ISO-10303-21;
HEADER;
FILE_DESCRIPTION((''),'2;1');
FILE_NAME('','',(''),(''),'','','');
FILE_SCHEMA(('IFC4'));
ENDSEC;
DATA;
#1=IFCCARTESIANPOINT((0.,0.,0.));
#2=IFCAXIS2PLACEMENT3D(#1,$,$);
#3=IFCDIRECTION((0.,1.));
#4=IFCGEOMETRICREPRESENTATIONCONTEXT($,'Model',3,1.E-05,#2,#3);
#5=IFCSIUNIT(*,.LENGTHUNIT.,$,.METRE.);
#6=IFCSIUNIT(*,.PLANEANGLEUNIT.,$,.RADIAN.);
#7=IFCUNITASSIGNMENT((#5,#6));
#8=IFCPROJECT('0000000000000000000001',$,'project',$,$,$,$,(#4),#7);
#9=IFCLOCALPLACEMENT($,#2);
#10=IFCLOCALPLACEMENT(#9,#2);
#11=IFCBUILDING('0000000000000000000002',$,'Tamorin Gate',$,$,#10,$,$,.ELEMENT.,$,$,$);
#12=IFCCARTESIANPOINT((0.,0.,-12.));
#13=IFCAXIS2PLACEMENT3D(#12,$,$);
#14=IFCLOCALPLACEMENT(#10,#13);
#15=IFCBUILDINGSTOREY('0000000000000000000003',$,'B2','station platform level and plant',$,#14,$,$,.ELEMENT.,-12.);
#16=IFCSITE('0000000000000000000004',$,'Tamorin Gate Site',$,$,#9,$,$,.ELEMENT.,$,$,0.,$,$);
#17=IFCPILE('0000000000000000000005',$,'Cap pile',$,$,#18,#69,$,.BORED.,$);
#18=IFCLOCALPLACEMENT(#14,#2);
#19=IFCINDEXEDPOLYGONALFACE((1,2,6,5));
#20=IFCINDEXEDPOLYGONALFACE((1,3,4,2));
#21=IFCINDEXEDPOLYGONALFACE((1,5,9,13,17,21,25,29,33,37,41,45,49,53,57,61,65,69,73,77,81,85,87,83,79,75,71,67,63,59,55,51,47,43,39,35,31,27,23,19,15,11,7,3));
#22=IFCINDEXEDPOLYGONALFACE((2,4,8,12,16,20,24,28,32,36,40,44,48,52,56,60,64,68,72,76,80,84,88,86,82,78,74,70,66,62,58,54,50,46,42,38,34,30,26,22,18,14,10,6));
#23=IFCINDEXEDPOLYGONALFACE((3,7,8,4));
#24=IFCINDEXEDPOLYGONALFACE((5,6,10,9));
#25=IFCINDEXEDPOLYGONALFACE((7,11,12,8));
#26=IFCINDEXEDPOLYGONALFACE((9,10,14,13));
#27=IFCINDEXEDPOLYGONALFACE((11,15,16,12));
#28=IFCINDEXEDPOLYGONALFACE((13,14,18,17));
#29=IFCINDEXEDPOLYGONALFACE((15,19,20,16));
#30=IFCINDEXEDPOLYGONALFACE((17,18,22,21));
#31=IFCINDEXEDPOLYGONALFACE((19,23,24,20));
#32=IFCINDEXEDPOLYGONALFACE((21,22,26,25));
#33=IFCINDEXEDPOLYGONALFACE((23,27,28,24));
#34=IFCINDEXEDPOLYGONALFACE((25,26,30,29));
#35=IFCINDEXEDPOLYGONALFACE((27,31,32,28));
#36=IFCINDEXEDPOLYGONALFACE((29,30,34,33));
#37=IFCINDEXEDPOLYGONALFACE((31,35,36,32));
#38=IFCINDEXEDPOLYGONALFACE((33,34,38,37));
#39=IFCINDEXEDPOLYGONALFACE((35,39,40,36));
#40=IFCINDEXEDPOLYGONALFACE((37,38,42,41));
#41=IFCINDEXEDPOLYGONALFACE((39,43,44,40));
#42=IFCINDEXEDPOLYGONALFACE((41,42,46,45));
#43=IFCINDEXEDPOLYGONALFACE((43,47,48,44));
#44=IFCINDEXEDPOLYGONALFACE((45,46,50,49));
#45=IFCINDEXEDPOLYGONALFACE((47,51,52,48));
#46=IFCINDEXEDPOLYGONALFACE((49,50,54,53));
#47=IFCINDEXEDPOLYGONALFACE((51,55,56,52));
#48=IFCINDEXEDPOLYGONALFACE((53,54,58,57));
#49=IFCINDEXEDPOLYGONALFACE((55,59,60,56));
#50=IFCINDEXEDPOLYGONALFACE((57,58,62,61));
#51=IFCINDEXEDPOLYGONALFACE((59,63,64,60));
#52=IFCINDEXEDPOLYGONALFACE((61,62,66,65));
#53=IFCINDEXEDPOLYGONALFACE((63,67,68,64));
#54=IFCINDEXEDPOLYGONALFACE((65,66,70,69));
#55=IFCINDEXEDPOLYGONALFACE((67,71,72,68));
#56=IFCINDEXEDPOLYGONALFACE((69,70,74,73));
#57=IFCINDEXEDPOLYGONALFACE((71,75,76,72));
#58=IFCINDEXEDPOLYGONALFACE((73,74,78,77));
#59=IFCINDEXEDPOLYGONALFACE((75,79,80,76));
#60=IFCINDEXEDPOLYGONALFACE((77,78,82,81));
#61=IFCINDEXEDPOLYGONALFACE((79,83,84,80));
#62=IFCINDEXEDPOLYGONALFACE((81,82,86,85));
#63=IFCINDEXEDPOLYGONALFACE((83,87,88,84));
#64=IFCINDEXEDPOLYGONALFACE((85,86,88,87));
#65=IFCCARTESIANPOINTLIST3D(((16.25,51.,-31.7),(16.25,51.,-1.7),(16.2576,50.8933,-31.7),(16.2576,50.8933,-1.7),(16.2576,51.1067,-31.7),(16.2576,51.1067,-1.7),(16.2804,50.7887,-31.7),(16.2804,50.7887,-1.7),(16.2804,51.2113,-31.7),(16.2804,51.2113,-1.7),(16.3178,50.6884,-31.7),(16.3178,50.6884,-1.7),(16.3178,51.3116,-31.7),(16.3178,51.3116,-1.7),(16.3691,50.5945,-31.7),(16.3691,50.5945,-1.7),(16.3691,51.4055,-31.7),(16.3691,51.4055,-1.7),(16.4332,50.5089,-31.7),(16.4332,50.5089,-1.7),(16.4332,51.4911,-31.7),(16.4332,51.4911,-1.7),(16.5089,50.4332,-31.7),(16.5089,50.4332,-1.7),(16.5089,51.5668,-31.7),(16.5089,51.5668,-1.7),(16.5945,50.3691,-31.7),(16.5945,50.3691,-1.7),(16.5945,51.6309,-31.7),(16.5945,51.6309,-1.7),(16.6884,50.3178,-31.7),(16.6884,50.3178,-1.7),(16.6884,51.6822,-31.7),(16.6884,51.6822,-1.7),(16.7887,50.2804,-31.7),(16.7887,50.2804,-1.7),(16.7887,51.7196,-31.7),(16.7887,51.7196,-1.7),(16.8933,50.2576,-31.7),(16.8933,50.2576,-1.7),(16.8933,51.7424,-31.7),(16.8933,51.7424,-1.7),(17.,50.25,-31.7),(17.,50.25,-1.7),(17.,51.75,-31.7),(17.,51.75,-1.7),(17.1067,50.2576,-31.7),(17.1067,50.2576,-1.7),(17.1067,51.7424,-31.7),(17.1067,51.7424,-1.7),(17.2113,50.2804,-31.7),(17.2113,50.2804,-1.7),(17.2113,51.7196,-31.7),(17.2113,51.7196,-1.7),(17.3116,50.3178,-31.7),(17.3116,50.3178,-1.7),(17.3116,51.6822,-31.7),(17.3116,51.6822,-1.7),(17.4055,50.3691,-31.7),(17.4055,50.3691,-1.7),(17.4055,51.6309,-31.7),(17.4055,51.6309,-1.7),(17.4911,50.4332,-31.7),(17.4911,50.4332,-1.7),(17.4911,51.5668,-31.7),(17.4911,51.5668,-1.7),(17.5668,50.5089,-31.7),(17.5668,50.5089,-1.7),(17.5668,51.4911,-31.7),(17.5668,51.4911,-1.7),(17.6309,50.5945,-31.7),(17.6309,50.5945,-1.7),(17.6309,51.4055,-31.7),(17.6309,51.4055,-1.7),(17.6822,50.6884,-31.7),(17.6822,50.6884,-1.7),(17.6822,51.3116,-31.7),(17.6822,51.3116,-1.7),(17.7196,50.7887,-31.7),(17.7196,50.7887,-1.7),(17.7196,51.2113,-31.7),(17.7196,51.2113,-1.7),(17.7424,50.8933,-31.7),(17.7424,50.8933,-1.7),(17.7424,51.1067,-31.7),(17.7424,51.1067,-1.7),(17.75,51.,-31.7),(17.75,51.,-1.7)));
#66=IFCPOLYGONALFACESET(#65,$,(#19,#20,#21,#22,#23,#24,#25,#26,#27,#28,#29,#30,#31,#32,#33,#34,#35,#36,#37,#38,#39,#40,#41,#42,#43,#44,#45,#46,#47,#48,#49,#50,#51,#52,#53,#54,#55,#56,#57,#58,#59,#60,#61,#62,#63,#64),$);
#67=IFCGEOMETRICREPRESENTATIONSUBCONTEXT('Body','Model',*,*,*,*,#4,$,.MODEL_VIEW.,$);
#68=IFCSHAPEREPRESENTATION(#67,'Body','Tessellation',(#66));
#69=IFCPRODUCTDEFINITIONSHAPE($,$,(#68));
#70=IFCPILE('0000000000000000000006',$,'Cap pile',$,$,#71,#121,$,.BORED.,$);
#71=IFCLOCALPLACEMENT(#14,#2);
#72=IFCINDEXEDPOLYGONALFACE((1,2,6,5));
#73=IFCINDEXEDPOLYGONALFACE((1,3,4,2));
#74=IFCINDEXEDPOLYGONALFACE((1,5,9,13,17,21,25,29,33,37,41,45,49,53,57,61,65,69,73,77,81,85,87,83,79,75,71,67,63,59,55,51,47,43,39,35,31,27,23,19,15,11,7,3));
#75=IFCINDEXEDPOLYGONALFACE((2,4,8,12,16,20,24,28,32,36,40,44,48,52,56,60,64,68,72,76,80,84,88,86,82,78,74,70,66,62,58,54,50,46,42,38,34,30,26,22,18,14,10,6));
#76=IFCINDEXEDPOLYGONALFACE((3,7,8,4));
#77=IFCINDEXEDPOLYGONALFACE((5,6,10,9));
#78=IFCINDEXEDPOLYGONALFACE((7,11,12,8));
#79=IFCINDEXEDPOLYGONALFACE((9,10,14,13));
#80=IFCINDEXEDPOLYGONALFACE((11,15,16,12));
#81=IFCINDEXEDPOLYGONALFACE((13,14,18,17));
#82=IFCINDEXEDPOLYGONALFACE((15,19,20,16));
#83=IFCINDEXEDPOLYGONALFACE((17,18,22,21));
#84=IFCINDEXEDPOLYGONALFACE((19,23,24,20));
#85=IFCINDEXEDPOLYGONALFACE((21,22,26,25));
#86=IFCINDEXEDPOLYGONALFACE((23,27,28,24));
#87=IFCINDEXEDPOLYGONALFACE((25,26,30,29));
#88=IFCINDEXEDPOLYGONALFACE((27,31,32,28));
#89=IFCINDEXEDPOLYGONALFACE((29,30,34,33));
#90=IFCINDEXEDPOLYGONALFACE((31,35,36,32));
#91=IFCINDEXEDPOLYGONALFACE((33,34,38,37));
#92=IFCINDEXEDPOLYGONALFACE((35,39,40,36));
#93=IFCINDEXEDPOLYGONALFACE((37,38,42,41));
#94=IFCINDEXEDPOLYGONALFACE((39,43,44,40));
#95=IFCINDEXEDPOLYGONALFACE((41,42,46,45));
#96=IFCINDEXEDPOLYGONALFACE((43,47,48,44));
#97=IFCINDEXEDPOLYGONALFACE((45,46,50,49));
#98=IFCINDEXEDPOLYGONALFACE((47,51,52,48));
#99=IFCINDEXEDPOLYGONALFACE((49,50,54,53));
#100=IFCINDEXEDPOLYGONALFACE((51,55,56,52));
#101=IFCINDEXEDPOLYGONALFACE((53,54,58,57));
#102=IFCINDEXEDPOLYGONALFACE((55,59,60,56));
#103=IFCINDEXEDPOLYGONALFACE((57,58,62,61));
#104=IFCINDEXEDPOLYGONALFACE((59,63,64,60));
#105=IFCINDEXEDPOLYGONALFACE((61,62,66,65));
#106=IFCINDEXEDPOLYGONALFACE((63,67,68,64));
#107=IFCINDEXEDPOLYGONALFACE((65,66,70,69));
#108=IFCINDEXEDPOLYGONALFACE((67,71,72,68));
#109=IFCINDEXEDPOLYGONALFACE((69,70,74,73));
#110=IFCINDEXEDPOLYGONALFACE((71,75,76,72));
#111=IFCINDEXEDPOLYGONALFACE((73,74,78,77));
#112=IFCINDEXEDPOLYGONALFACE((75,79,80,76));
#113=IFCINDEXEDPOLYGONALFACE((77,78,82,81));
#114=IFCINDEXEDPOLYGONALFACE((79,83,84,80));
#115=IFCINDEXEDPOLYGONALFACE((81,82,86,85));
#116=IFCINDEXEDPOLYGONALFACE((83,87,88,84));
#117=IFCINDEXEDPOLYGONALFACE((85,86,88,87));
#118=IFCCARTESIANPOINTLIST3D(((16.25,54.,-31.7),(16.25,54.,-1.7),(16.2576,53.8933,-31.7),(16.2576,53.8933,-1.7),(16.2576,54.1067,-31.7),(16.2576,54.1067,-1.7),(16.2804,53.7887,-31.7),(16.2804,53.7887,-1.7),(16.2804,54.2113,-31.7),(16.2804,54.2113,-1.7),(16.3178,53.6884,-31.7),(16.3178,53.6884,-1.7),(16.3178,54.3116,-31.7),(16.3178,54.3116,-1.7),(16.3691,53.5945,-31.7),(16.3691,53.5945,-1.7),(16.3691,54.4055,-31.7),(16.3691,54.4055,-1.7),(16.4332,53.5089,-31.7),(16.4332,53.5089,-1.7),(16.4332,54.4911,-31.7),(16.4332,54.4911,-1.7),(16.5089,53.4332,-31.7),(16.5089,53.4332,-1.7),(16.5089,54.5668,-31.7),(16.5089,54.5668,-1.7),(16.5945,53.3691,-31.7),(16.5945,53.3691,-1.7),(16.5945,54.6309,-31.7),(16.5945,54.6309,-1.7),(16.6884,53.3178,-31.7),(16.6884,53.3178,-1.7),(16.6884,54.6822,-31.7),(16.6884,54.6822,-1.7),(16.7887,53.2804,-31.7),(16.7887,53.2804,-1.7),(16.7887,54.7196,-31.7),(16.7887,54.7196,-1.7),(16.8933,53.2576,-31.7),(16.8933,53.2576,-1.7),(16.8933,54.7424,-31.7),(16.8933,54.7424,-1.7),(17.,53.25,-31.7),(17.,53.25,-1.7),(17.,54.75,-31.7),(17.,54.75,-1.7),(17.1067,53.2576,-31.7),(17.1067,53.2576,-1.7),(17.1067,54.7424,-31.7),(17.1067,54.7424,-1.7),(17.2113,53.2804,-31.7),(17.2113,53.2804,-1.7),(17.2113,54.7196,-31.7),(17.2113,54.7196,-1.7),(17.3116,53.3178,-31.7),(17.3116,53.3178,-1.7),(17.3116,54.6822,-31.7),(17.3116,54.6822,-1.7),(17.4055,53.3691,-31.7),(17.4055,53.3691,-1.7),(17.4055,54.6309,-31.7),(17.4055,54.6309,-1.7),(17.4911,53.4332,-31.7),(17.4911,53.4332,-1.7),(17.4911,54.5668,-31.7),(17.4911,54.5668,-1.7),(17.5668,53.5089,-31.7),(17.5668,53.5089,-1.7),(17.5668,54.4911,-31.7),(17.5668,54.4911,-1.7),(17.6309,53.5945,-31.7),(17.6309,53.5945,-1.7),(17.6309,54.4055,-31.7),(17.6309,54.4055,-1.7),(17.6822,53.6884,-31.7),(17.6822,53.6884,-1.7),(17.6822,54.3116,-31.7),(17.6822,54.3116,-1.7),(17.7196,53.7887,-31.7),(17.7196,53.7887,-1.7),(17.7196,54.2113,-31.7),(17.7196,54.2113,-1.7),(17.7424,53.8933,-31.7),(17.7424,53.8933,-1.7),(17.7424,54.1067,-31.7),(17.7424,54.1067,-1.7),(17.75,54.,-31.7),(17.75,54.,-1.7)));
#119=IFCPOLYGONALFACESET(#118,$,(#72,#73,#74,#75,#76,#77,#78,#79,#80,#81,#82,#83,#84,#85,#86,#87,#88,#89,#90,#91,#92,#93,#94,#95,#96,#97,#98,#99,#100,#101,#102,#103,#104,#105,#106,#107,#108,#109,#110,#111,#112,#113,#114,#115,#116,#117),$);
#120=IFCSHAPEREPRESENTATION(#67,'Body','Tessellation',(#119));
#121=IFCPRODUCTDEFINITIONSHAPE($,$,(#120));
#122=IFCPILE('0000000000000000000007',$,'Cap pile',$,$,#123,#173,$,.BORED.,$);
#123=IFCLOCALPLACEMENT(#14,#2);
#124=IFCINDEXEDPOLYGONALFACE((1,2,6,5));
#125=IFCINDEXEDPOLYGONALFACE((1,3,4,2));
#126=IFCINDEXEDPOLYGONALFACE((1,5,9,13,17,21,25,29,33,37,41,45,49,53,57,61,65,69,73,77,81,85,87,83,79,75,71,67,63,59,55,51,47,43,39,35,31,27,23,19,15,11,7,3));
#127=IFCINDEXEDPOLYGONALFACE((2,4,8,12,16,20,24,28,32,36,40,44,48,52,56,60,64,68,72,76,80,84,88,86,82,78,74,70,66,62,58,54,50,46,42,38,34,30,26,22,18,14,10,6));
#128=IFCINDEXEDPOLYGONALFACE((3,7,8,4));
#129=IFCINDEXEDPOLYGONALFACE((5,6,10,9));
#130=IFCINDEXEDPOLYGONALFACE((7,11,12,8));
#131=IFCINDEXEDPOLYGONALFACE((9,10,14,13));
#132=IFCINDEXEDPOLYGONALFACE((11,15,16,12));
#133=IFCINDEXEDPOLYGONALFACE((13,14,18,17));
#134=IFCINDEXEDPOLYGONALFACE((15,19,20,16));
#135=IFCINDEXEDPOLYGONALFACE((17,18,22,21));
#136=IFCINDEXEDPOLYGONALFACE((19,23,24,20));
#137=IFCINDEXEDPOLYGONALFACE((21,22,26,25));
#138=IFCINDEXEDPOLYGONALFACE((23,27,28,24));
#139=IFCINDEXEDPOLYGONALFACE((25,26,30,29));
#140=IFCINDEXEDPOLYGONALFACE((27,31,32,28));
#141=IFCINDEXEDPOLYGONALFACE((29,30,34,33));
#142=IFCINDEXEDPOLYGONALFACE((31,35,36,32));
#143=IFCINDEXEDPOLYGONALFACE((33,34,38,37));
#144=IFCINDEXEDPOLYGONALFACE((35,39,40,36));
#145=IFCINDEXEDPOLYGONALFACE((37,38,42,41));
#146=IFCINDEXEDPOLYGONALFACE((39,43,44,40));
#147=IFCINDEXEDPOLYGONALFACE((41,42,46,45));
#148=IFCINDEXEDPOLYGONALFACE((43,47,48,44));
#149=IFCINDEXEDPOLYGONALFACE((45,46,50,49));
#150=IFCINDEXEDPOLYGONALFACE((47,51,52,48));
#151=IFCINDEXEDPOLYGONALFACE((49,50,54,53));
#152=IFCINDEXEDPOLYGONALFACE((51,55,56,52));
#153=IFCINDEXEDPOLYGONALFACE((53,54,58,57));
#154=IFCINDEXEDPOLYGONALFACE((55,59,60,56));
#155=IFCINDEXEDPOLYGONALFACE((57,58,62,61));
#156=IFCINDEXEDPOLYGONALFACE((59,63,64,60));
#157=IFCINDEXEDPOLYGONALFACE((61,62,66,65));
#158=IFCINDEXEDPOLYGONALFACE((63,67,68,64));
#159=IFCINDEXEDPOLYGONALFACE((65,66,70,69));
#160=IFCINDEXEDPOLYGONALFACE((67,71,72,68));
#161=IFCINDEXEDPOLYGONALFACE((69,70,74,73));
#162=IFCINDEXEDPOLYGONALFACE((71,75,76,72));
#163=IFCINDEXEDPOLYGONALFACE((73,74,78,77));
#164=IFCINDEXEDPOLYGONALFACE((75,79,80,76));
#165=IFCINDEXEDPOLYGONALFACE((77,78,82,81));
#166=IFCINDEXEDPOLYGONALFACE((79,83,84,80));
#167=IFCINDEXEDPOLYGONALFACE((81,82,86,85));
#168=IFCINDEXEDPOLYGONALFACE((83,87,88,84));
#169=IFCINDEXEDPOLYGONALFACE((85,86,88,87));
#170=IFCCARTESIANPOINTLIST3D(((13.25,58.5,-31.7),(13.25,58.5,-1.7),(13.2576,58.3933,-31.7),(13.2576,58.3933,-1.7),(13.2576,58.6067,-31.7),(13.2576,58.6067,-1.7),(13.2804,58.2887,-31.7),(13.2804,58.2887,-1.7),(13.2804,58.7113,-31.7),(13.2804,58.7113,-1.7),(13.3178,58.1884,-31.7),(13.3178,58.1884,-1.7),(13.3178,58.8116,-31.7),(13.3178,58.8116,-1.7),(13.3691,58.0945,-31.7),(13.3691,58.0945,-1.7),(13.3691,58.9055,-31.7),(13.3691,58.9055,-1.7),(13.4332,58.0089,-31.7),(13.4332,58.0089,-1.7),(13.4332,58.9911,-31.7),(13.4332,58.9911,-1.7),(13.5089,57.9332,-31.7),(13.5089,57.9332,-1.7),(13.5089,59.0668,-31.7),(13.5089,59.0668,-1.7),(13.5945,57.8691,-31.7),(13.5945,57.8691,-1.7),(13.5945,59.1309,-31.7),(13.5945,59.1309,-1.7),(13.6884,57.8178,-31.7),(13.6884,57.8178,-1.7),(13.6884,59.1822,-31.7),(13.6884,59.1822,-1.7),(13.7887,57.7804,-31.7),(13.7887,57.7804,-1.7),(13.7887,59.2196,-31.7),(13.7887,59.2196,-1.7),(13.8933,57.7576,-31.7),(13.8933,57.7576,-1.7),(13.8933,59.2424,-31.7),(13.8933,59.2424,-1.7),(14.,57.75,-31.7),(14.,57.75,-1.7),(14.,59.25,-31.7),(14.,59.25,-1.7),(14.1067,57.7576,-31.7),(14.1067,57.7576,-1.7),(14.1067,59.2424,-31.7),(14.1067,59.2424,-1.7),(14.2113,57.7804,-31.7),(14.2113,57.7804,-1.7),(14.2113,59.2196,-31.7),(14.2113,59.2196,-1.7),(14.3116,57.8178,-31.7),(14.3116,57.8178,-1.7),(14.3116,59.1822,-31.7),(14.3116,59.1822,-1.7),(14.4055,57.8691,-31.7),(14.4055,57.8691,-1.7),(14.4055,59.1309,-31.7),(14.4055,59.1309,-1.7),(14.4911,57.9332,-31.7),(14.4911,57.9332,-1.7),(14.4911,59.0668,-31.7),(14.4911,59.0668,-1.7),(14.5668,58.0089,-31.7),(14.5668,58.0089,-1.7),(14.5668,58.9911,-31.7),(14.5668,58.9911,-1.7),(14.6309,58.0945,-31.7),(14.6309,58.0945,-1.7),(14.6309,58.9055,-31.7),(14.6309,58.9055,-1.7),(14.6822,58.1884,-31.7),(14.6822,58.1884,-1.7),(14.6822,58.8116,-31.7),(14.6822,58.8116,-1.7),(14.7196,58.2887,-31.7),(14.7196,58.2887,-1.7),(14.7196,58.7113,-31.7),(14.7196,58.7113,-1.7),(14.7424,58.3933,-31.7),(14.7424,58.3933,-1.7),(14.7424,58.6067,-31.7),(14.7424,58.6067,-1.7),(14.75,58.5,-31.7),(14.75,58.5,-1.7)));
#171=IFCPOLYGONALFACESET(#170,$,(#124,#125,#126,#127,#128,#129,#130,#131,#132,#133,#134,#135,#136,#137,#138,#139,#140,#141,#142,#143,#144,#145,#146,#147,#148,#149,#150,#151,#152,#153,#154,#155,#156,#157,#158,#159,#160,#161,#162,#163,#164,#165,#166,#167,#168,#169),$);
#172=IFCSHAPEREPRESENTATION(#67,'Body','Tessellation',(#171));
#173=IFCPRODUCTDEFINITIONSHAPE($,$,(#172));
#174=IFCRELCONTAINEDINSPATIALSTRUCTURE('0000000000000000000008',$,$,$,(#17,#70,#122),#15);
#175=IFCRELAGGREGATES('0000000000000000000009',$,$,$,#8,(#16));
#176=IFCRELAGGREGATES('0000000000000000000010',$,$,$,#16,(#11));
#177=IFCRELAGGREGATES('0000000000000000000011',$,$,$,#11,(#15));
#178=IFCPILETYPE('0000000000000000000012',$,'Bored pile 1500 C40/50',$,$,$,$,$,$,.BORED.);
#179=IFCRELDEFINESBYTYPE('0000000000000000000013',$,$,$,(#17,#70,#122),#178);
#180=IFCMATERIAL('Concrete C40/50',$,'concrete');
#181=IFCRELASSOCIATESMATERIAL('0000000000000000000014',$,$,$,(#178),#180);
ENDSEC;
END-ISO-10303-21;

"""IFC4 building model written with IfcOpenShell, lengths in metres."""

from ifc_helpers import new_model, si_unit, direction, frame, origin, origin_2d, place, context, subcontext, project, spatial, circle, extrude, material, material_profile, profile_set, type_object, element, save


model = new_model("IFC4")

# Units and contexts
model_context = context("Model", 3, precision=1e-05, world=origin(), true_north=direction((0.0, 1.0)))
body_context = subcontext(model_context, "Body", "Model", "MODEL_VIEW")
ifc_project = project(units=[si_unit("LENGTHUNIT", "METRE"), si_unit("PLANEANGLEUNIT", "RADIAN")], contexts=[model_context])

# Site, building, storey
site_placement = place(None, origin())
site = spatial("IfcSite", under=ifc_project, at=site_placement, Name="Tamorin Gate Site", CompositionType="ELEMENT", RefElevation=0.0)
building_placement = place(site_placement, origin())
building = spatial("IfcBuilding", under=site, at=building_placement, Name="Tamorin Gate", CompositionType="ELEMENT")
storey_placement = place(building_placement, frame((0.0, 0.0, -12.0)))
storey = spatial("IfcBuildingStorey", under=building, at=storey_placement, Name="B2", Description="station platform level and plant", CompositionType="ELEMENT", Elevation=-12.0)

# Piles
ifc_material_1 = material(Name="Concrete C40/50", Category="concrete")
ifc_material_profile_1 = material_profile(ifc_material_1, circle(Radius=0.75, at=origin_2d()))
ifc_profile_set_1 = profile_set([ifc_material_profile_1], Name="Concrete C40/50")
pile_type = type_object("IfcPileType", Name="Bored pile 1500 C40/50", PredefinedType="BORED", material=ifc_profile_set_1)
for number, where, z_axis, x_axis, name in (
    (1, (17.0, 51.0, -1.7), (0.0, 0.0, -1.0), (1.0, 0.0, 0.0), "Cap pile"),
    (2, (17.0, 54.0, -1.7), (0.0, 0.0, -1.0), (1.0, 0.0, 0.0), "Cap pile"),
    (3, (14.0, 58.5, -1.7), (0.0, 0.0, -1.0), (1.0, 0.0, 0.0), "Cap pile"),
):
    element("IfcPile", number, at=place(storey_placement, frame(where, z_axis=z_axis, x_axis=x_axis)), inside=storey, type_object=pile_type, Name=name, PredefinedType="BORED", context=body_context, shape_type="SweptSolid", body=[
        extrude(circle(Radius=0.75, at=origin_2d()), origin(), (0.0, 0.0, 1.0), 30.0),
    ])

save(model, "model.ifc")
